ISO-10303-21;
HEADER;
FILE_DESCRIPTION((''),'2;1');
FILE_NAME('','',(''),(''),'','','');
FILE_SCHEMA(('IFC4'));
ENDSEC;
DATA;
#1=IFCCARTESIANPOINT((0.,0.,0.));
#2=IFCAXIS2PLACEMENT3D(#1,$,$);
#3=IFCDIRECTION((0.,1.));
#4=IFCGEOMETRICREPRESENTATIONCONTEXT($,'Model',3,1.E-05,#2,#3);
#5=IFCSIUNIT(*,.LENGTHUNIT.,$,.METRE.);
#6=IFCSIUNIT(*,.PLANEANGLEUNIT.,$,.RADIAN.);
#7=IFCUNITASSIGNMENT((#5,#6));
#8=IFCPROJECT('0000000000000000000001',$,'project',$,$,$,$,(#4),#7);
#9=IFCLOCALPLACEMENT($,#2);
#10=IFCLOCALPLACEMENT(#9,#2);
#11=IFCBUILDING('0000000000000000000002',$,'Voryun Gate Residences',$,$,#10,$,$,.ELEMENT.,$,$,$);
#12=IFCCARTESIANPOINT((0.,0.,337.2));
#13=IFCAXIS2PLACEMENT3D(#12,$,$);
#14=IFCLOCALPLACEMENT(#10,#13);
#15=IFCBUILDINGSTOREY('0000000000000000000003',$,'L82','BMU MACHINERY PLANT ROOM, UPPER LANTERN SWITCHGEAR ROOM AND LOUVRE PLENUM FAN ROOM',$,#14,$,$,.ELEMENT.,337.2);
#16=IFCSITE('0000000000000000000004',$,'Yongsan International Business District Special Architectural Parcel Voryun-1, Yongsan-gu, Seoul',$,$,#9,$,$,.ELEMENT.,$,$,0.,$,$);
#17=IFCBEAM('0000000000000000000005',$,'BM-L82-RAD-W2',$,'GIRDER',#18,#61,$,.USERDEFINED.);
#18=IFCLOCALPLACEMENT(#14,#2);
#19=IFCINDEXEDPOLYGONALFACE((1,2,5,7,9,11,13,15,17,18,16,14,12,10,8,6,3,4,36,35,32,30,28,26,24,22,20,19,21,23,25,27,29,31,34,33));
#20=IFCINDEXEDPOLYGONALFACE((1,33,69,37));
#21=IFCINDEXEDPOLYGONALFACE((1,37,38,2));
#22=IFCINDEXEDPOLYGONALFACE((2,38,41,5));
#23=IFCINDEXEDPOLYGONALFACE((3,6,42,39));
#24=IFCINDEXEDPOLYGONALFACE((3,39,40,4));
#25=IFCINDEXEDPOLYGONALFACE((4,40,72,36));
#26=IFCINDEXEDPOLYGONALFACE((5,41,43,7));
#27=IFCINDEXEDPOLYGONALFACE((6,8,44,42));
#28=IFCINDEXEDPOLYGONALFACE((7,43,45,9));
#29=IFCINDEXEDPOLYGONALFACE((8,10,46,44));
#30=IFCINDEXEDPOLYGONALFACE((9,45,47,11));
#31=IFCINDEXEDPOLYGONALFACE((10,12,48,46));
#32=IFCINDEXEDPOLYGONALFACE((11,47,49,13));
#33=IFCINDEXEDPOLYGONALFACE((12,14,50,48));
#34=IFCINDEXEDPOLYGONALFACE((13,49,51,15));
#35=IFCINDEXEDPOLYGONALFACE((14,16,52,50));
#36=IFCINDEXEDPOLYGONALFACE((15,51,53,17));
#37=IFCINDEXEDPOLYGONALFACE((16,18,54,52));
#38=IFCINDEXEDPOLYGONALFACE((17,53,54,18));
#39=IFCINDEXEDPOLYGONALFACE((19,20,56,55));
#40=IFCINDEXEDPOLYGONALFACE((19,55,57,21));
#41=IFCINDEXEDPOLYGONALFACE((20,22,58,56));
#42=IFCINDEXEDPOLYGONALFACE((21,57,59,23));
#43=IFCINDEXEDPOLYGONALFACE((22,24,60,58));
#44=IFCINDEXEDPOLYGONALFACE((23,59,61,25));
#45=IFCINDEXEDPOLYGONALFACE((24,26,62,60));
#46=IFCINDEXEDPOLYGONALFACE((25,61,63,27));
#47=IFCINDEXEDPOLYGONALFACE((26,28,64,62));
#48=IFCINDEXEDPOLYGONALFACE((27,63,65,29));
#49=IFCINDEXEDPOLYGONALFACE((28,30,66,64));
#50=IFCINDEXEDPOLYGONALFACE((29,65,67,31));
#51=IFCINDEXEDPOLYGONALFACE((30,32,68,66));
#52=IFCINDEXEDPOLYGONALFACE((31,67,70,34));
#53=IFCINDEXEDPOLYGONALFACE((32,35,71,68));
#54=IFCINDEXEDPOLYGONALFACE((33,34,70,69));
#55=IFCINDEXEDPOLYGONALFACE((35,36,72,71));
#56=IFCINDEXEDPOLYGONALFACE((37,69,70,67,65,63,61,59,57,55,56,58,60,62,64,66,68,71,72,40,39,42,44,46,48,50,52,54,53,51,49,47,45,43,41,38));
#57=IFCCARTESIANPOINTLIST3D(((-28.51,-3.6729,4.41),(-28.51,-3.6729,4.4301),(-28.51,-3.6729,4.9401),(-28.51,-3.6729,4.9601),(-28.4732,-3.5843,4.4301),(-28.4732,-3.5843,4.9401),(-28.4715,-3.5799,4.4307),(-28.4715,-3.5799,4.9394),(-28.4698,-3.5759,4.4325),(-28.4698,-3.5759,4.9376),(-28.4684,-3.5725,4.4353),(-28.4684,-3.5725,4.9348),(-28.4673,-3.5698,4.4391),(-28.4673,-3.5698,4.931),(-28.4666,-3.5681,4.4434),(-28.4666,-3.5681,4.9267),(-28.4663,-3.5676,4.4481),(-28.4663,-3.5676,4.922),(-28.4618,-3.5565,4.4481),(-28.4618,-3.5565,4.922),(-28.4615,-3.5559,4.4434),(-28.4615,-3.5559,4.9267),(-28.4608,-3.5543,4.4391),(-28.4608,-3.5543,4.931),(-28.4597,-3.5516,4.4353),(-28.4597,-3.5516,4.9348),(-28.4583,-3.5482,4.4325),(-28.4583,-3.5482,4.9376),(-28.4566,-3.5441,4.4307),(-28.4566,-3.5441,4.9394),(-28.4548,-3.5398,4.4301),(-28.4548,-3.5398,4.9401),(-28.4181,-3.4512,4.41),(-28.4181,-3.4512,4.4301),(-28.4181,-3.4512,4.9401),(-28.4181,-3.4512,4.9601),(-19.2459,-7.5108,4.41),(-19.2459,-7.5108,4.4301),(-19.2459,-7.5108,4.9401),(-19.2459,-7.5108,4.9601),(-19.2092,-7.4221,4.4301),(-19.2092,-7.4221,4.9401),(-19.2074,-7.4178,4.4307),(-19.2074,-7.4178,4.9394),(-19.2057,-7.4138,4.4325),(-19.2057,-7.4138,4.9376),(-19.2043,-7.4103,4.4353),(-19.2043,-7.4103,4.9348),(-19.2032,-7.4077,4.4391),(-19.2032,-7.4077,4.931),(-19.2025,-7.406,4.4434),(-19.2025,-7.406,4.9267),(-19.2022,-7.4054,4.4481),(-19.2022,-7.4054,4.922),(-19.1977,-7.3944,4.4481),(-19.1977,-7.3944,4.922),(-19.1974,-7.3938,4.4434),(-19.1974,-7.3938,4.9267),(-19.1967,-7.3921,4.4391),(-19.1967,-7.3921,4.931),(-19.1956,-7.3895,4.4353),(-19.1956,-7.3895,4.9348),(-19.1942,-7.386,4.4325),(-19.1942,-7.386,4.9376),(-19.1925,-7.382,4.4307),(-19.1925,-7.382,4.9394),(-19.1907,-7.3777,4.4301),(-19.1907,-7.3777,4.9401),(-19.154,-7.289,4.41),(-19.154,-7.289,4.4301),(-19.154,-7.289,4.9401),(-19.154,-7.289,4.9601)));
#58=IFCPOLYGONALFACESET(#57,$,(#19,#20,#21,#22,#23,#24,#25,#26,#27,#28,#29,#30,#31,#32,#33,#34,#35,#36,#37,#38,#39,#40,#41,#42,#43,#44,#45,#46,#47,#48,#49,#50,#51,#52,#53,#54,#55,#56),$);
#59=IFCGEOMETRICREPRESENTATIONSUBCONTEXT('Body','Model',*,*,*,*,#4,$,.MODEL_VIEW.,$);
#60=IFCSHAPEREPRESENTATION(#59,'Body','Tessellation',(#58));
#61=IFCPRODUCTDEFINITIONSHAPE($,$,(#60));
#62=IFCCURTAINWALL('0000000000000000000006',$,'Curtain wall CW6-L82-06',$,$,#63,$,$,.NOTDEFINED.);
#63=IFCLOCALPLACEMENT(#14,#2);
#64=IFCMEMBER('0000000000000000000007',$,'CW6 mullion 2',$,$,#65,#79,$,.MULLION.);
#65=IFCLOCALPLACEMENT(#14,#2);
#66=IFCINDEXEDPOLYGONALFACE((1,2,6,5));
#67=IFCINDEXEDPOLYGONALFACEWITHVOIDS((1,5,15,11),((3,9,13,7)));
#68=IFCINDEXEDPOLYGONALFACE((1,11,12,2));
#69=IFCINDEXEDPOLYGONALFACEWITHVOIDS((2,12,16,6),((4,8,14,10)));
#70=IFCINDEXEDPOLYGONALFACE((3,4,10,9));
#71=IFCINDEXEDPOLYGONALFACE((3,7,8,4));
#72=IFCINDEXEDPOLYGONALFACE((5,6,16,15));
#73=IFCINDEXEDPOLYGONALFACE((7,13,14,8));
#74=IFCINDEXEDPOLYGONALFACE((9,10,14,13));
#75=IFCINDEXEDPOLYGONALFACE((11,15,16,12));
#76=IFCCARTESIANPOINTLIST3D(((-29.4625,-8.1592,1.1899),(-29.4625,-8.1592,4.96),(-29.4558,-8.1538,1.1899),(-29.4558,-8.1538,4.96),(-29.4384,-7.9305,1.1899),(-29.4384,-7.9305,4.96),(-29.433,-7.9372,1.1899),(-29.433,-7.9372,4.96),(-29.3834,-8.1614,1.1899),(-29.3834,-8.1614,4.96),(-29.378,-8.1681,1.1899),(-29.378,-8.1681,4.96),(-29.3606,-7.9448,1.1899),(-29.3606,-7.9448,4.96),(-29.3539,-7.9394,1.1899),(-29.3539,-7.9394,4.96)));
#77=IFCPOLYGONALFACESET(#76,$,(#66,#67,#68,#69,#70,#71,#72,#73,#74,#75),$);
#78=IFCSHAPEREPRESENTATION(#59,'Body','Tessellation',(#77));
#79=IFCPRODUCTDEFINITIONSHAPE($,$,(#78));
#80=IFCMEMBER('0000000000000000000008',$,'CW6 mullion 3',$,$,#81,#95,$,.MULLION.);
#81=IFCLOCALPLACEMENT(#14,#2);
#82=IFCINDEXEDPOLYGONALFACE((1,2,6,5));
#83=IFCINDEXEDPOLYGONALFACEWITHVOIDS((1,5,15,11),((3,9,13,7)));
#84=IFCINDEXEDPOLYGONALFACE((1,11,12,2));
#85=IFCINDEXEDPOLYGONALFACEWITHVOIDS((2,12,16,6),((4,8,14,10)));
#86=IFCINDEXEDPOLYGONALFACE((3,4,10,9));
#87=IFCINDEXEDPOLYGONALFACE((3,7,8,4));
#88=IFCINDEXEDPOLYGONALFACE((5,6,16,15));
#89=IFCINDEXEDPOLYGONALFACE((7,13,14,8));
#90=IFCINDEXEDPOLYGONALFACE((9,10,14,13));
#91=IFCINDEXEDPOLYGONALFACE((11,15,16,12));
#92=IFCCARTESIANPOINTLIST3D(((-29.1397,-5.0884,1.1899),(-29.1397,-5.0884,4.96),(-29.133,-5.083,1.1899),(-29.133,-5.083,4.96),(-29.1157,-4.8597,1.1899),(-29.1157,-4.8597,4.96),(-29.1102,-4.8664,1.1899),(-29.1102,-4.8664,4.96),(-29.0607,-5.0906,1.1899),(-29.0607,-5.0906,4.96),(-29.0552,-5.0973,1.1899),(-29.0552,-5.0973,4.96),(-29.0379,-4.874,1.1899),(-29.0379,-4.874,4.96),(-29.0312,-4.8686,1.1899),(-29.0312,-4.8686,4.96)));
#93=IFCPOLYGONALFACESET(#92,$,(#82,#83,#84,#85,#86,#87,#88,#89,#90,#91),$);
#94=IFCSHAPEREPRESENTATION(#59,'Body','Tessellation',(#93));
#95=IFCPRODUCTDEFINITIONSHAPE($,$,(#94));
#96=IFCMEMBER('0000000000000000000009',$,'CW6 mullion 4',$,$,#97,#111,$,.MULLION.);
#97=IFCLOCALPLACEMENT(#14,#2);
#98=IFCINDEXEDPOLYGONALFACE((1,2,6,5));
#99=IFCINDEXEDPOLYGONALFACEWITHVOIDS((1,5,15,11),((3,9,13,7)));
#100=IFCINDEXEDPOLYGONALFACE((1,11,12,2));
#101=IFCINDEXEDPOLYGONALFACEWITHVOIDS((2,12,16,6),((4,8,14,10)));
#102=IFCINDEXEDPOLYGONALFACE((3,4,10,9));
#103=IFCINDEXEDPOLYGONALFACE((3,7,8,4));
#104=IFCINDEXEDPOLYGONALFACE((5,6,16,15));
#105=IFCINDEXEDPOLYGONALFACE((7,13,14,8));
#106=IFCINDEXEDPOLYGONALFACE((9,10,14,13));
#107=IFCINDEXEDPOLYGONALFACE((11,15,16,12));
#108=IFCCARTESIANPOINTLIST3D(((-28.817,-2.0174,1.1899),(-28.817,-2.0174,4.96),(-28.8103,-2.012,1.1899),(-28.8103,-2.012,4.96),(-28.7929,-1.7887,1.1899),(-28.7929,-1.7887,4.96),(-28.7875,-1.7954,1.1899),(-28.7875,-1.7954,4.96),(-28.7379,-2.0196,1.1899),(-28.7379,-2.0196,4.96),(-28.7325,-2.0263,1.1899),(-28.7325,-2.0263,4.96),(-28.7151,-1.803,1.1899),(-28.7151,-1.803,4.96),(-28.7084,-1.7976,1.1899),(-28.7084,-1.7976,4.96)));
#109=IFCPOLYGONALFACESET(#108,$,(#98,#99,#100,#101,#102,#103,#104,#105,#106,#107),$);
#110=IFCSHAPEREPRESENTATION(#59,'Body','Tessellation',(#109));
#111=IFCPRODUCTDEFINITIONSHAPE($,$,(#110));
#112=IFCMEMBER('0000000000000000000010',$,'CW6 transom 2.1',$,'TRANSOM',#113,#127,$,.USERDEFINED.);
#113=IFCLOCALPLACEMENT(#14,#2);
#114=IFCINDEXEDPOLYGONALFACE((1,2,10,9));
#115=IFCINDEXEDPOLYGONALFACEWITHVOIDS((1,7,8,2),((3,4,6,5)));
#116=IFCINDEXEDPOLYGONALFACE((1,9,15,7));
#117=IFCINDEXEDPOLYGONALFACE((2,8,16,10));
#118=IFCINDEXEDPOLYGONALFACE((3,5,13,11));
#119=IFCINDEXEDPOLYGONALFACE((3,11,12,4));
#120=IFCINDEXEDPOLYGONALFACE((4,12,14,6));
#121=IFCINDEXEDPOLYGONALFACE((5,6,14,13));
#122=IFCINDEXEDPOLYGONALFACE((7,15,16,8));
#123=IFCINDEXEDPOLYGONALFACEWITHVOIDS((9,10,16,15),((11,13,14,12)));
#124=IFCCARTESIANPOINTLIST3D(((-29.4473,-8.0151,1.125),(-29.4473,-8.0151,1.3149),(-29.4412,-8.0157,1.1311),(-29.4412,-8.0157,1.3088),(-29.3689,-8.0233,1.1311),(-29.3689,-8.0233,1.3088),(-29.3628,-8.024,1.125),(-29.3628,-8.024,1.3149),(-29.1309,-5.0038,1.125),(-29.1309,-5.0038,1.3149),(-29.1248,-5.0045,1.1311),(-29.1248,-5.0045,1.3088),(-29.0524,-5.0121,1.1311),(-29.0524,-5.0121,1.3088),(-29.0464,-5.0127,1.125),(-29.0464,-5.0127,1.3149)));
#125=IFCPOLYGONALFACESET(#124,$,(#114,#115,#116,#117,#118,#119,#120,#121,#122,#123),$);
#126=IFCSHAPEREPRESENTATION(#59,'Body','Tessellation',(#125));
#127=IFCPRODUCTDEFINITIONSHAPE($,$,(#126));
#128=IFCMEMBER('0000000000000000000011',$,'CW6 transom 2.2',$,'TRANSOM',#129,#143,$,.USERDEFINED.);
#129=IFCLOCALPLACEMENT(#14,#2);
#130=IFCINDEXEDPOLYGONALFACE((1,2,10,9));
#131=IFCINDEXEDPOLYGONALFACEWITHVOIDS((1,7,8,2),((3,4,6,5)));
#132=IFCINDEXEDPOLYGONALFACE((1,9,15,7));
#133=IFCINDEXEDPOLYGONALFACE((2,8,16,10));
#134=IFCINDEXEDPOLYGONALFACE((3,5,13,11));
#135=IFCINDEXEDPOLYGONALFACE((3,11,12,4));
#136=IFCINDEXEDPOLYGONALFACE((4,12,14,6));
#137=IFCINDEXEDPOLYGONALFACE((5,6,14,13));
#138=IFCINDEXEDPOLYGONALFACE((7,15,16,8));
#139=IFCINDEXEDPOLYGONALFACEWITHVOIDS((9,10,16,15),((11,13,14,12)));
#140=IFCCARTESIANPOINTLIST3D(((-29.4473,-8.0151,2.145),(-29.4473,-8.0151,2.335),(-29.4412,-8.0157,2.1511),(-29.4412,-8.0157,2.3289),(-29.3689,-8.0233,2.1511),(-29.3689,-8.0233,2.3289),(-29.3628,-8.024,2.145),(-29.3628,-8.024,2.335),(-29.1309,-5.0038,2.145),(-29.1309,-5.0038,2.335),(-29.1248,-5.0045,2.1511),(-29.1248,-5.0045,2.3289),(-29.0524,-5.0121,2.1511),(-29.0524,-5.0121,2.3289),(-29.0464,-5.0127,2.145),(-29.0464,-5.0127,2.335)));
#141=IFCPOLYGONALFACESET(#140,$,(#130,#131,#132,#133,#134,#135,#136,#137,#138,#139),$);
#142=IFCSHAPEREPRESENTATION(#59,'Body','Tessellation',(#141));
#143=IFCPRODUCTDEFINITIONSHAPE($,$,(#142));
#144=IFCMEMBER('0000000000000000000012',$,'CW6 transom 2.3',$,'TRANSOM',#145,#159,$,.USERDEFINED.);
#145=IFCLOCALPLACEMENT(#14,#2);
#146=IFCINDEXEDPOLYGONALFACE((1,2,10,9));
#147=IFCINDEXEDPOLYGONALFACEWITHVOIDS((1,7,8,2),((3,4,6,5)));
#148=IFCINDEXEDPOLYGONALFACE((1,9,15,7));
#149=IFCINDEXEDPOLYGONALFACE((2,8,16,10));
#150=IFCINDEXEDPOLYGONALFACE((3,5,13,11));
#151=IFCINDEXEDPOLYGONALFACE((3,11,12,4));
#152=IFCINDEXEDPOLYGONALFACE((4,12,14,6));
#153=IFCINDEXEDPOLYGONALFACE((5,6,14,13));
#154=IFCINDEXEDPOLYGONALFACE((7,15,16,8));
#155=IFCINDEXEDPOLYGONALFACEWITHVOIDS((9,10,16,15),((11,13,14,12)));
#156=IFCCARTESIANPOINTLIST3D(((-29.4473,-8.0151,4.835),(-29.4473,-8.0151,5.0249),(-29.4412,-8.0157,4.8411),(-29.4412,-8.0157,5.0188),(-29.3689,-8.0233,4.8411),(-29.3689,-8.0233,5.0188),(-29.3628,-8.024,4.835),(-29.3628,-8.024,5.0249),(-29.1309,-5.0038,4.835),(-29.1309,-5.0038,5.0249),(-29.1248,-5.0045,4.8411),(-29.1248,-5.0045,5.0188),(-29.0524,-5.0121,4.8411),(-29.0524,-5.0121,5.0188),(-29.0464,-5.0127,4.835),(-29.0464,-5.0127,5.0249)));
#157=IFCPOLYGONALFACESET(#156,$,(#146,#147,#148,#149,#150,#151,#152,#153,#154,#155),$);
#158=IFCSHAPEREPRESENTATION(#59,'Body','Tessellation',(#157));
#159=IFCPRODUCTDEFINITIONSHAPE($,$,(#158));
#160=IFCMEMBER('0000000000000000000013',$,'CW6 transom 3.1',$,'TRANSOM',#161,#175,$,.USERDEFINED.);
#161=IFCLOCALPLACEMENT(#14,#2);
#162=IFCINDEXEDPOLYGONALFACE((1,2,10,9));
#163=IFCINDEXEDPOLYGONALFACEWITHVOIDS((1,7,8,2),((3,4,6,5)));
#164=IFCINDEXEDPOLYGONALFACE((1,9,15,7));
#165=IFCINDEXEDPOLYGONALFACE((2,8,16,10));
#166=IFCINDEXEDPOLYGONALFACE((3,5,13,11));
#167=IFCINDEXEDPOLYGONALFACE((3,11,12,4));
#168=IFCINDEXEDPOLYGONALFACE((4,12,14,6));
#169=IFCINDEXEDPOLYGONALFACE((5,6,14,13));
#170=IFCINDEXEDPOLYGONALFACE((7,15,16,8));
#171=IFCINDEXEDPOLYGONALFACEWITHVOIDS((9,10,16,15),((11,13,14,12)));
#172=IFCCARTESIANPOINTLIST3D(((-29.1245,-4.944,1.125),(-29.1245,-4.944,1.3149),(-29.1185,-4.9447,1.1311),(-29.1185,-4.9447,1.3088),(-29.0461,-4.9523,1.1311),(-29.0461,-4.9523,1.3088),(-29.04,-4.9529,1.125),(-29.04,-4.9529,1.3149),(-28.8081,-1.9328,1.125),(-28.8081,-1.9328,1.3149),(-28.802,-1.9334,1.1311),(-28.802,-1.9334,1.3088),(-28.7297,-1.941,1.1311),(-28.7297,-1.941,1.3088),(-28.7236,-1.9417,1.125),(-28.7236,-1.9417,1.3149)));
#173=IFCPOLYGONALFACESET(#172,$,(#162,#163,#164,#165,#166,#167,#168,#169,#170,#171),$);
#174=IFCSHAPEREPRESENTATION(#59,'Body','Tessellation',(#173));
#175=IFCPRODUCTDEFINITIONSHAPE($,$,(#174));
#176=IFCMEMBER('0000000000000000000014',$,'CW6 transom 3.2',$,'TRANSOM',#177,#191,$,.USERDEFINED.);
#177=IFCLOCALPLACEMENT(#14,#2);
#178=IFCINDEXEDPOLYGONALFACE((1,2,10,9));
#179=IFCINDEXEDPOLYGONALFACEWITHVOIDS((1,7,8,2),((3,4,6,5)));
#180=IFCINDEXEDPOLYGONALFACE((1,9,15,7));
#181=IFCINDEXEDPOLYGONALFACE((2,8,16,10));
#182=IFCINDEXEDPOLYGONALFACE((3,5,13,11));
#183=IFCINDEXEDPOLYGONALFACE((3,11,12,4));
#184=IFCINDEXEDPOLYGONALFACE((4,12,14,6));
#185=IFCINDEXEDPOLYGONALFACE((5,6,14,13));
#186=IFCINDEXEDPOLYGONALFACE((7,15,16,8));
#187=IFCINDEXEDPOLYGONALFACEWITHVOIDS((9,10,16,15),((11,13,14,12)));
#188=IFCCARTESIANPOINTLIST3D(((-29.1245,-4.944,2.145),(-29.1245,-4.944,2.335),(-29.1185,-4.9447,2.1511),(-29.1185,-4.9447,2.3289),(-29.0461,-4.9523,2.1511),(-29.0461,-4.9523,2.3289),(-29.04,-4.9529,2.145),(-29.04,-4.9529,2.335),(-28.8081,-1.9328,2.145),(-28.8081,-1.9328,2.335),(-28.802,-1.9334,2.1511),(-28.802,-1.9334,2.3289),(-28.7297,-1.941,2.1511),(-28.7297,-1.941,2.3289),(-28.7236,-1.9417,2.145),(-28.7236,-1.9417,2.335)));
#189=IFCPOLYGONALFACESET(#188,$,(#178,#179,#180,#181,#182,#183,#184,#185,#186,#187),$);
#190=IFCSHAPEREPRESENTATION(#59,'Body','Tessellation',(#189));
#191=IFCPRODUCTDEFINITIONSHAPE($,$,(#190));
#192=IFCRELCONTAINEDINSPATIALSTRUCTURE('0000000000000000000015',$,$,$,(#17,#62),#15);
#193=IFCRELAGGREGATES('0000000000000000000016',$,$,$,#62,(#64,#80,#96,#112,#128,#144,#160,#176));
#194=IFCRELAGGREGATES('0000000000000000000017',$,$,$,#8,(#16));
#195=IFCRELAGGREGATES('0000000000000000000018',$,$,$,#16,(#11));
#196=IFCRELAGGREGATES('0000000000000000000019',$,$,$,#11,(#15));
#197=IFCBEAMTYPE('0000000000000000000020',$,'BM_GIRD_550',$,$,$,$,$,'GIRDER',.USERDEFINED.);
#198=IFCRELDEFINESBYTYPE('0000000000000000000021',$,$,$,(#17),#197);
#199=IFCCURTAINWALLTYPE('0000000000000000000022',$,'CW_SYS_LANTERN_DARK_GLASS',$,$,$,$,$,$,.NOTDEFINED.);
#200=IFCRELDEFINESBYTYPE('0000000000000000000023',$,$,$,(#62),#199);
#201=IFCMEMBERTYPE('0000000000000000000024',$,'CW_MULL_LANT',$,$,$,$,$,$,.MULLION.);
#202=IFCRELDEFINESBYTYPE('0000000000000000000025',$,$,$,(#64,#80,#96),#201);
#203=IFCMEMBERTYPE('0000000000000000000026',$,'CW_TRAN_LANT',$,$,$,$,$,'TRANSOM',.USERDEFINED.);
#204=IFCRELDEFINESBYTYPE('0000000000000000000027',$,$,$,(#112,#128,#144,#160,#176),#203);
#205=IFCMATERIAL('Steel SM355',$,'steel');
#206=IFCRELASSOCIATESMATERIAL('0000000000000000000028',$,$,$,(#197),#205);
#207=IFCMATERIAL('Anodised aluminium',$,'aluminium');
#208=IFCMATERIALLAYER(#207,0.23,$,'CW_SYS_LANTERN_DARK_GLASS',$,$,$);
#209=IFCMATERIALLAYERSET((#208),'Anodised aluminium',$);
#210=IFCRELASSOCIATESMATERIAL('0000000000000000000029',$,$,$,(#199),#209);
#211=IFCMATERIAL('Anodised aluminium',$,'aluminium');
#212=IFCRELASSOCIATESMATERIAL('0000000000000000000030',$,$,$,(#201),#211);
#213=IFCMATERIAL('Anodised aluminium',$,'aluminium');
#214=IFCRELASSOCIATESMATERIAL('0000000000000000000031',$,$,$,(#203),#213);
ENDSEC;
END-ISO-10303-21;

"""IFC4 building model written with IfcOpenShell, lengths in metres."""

from ifc_helpers import new_model, si_unit, direction, frame, origin, origin_2d, place, context, subcontext, project, spatial, hollow_rectangle, i_section, extrude, material, layer, layer_set, material_profile, profile_set, type_object, element, aggregate, save


model = new_model("IFC4")

# Units and contexts
model_context = context("Model", 3, precision=1e-05, world=origin(), true_north=direction((0.0, 1.0)))
body_context = subcontext(model_context, "Body", "Model", "MODEL_VIEW")
ifc_project = project(units=[si_unit("LENGTHUNIT", "METRE"), si_unit("PLANEANGLEUNIT", "RADIAN")], contexts=[model_context])

# Site, building, storey
site_placement = place(None, origin())
site = spatial("IfcSite", under=ifc_project, at=site_placement, Name="Yongsan International Business District Special Architectural Parcel Voryun-1, Yongsan-gu, Seoul", CompositionType="ELEMENT", RefElevation=0.0)
building_placement = place(site_placement, origin())
building = spatial("IfcBuilding", under=site, at=building_placement, Name="Voryun Gate Residences", CompositionType="ELEMENT")
storey_placement = place(building_placement, frame((0.0, 0.0, 337.2)))
storey = spatial("IfcBuildingStorey", under=building, at=storey_placement, Name="L82", Description="BMU MACHINERY PLANT ROOM, UPPER LANTERN SWITCHGEAR ROOM AND LOUVRE PLENUM FAN ROOM", CompositionType="ELEMENT", Elevation=337.2)

# Beam
ifc_material_1 = material(Name="Steel SM355", Category="steel")
ifc_material_profile_1 = material_profile(ifc_material_1, i_section(OverallWidth=0.24, OverallDepth=0.55, WebThickness=0.012, FlangeThickness=0.02, FilletRadius=0.0181, at=origin_2d()), Name="H-550x240x12x20")
ifc_profile_set_1 = profile_set([ifc_material_profile_1], Name="Steel SM355")
beam_type_1 = type_object("IfcBeamType", Name="BM_GIRD_550", ElementType="GIRDER", PredefinedType="USERDEFINED", material=ifc_profile_set_1)
beam_1_placement = place(storey_placement, frame((-19.2, -7.3999, 4.6851), z_axis=(-0.92386, 0.38273, 0.0), x_axis=(-0.38273, -0.92386, 0.0)))
element("IfcBeam", 1, at=beam_1_placement, inside=storey, type_object=beam_type_1, Name="BM-L82-RAD-W2", ObjectType="GIRDER", PredefinedType="USERDEFINED", context=body_context, shape_type="SweptSolid", body=[
    extrude(i_section(OverallWidth=0.24, OverallDepth=0.55, WebThickness=0.012, FlangeThickness=0.02, FilletRadius=0.0181, at=origin_2d()), origin(), (0.0, 0.0, 1.0), 10.0276),
])

# Curtain wall, members
ifc_material_2 = material(Name="Anodised aluminium", Category="aluminium")
ifc_layer_1 = layer(ifc_material_2, 0.23, Name="CW_SYS_LANTERN_DARK_GLASS")
ifc_layer_set_1 = layer_set([ifc_layer_1], Name="Anodised aluminium")
curtain_wall_type = type_object("IfcCurtainWallType", Name="CW_SYS_LANTERN_DARK_GLASS", PredefinedType="NOTDEFINED", material=ifc_layer_set_1)
curtain_wall_placement = place(storey_placement, origin())
curtain_wall = element("IfcCurtainWall", 2, at=curtain_wall_placement, inside=storey, type_object=curtain_wall_type, Name="Curtain wall CW6-L82-06", PredefinedType="NOTDEFINED")
ifc_material_3 = material(Name="Anodised aluminium", Category="aluminium")
ifc_material_profile_2 = material_profile(ifc_material_3, hollow_rectangle(XDim=0.085, YDim=0.23, WallThickness=0.0061, at=origin_2d()), Name="ALU-MULL-230x85x6")
ifc_profile_set_2 = profile_set([ifc_material_profile_2], Name="Anodised aluminium")
member_type_1 = type_object("IfcMemberType", Name="CW_MULL_LANT", PredefinedType="MULLION", material=ifc_profile_set_2)
member_1_placement = place(storey_placement, frame((-29.4082, -8.0493, 1.1899), z_axis=(0.0, 0.0, 1.0), x_axis=(-0.994522, 0.104528, 0.0)))
member_1 = element("IfcMember", 3, at=member_1_placement, type_object=member_type_1, Name="CW6 mullion 2", PredefinedType="MULLION", context=body_context, shape_type="SweptSolid", body=[
    extrude(hollow_rectangle(XDim=0.085, YDim=0.23, WallThickness=0.0061, at=origin_2d()), origin(), (0.0, 0.0, 1.0), 3.77),
])
member_2_placement = place(storey_placement, frame((-29.0854, -4.9785, 1.1899), z_axis=(0.0, 0.0, 1.0), x_axis=(-0.994522, 0.104528, 0.0)))
member_2 = element("IfcMember", 4, at=member_2_placement, type_object=member_type_1, Name="CW6 mullion 3", PredefinedType="MULLION", context=body_context, shape_type="SweptSolid", body=[
    extrude(hollow_rectangle(XDim=0.085, YDim=0.23, WallThickness=0.0061, at=origin_2d()), origin(), (0.0, 0.0, 1.0), 3.77),
])
member_3_placement = place(storey_placement, frame((-28.7627, -1.9075, 1.1899), z_axis=(0.0, 0.0, 1.0), x_axis=(-0.994522, 0.104528, 0.0)))
member_3 = element("IfcMember", 5, at=member_3_placement, type_object=member_type_1, Name="CW6 mullion 4", PredefinedType="MULLION", context=body_context, shape_type="SweptSolid", body=[
    extrude(hollow_rectangle(XDim=0.085, YDim=0.23, WallThickness=0.0061, at=origin_2d()), origin(), (0.0, 0.0, 1.0), 3.77),
])
ifc_material_4 = material(Name="Anodised aluminium", Category="aluminium")
ifc_material_profile_3 = material_profile(ifc_material_4, hollow_rectangle(XDim=0.085, YDim=0.1899, WallThickness=0.0061, at=origin_2d()), Name="ALU-TRAN-190x85x6")
ifc_profile_set_3 = profile_set([ifc_material_profile_3], Name="Anodised aluminium")
member_type_2 = type_object("IfcMemberType", Name="CW_TRAN_LANT", ElementType="TRANSOM", PredefinedType="USERDEFINED", material=ifc_profile_set_3)
member_4_placement = place(storey_placement, frame((-29.405, -8.0195, 1.22), z_axis=(0.1045, 0.994525, 0.0), x_axis=(-0.994525, 0.1045, 0.0)))
member_4 = element("IfcMember", 6, at=member_4_placement, type_object=member_type_2, Name="CW6 transom 2.1", ObjectType="TRANSOM", PredefinedType="USERDEFINED", context=body_context, shape_type="SweptSolid", body=[
    extrude(hollow_rectangle(XDim=0.085, YDim=0.1899, WallThickness=0.0061, at=origin_2d()), origin(), (0.0, 0.0, 1.0), 3.0278),
])
member_5_placement = place(storey_placement, frame((-29.405, -8.0195, 2.24), z_axis=(0.1045, 0.994525, 0.0), x_axis=(-0.994525, 0.1045, 0.0)))
member_5 = element("IfcMember", 7, at=member_5_placement, type_object=member_type_2, Name="CW6 transom 2.2", ObjectType="TRANSOM", PredefinedType="USERDEFINED", context=body_context, shape_type="SweptSolid", body=[
    extrude(hollow_rectangle(XDim=0.085, YDim=0.1899, WallThickness=0.0061, at=origin_2d()), origin(), (0.0, 0.0, 1.0), 3.0278),
])
member_6_placement = place(storey_placement, frame((-29.405, -8.0195, 4.9299), z_axis=(0.1045, 0.994525, 0.0), x_axis=(-0.994525, 0.1045, 0.0)))
member_6 = element("IfcMember", 8, at=member_6_placement, type_object=member_type_2, Name="CW6 transom 2.3", ObjectType="TRANSOM", PredefinedType="USERDEFINED", context=body_context, shape_type="SweptSolid", body=[
    extrude(hollow_rectangle(XDim=0.085, YDim=0.1899, WallThickness=0.0061, at=origin_2d()), origin(), (0.0, 0.0, 1.0), 3.0278),
])
member_7_placement = place(storey_placement, frame((-29.0823, -4.9485, 1.22), z_axis=(0.1045, 0.994525, 0.0), x_axis=(-0.994525, 0.1045, 0.0)))
member_7 = element("IfcMember", 9, at=member_7_placement, type_object=member_type_2, Name="CW6 transom 3.1", ObjectType="TRANSOM", PredefinedType="USERDEFINED", context=body_context, shape_type="SweptSolid", body=[
    extrude(hollow_rectangle(XDim=0.085, YDim=0.1899, WallThickness=0.0061, at=origin_2d()), origin(), (0.0, 0.0, 1.0), 3.0278),
])
member_8_placement = place(storey_placement, frame((-29.0823, -4.9485, 2.24), z_axis=(0.1045, 0.994525, 0.0), x_axis=(-0.994525, 0.1045, 0.0)))
member_8 = element("IfcMember", 10, at=member_8_placement, type_object=member_type_2, Name="CW6 transom 3.2", ObjectType="TRANSOM", PredefinedType="USERDEFINED", context=body_context, shape_type="SweptSolid", body=[
    extrude(hollow_rectangle(XDim=0.085, YDim=0.1899, WallThickness=0.0061, at=origin_2d()), origin(), (0.0, 0.0, 1.0), 3.0278),
])

aggregate(curtain_wall, [member_1, member_2, member_3, member_4, member_5, member_6, member_7, member_8])

save(model, "model.ifc")
